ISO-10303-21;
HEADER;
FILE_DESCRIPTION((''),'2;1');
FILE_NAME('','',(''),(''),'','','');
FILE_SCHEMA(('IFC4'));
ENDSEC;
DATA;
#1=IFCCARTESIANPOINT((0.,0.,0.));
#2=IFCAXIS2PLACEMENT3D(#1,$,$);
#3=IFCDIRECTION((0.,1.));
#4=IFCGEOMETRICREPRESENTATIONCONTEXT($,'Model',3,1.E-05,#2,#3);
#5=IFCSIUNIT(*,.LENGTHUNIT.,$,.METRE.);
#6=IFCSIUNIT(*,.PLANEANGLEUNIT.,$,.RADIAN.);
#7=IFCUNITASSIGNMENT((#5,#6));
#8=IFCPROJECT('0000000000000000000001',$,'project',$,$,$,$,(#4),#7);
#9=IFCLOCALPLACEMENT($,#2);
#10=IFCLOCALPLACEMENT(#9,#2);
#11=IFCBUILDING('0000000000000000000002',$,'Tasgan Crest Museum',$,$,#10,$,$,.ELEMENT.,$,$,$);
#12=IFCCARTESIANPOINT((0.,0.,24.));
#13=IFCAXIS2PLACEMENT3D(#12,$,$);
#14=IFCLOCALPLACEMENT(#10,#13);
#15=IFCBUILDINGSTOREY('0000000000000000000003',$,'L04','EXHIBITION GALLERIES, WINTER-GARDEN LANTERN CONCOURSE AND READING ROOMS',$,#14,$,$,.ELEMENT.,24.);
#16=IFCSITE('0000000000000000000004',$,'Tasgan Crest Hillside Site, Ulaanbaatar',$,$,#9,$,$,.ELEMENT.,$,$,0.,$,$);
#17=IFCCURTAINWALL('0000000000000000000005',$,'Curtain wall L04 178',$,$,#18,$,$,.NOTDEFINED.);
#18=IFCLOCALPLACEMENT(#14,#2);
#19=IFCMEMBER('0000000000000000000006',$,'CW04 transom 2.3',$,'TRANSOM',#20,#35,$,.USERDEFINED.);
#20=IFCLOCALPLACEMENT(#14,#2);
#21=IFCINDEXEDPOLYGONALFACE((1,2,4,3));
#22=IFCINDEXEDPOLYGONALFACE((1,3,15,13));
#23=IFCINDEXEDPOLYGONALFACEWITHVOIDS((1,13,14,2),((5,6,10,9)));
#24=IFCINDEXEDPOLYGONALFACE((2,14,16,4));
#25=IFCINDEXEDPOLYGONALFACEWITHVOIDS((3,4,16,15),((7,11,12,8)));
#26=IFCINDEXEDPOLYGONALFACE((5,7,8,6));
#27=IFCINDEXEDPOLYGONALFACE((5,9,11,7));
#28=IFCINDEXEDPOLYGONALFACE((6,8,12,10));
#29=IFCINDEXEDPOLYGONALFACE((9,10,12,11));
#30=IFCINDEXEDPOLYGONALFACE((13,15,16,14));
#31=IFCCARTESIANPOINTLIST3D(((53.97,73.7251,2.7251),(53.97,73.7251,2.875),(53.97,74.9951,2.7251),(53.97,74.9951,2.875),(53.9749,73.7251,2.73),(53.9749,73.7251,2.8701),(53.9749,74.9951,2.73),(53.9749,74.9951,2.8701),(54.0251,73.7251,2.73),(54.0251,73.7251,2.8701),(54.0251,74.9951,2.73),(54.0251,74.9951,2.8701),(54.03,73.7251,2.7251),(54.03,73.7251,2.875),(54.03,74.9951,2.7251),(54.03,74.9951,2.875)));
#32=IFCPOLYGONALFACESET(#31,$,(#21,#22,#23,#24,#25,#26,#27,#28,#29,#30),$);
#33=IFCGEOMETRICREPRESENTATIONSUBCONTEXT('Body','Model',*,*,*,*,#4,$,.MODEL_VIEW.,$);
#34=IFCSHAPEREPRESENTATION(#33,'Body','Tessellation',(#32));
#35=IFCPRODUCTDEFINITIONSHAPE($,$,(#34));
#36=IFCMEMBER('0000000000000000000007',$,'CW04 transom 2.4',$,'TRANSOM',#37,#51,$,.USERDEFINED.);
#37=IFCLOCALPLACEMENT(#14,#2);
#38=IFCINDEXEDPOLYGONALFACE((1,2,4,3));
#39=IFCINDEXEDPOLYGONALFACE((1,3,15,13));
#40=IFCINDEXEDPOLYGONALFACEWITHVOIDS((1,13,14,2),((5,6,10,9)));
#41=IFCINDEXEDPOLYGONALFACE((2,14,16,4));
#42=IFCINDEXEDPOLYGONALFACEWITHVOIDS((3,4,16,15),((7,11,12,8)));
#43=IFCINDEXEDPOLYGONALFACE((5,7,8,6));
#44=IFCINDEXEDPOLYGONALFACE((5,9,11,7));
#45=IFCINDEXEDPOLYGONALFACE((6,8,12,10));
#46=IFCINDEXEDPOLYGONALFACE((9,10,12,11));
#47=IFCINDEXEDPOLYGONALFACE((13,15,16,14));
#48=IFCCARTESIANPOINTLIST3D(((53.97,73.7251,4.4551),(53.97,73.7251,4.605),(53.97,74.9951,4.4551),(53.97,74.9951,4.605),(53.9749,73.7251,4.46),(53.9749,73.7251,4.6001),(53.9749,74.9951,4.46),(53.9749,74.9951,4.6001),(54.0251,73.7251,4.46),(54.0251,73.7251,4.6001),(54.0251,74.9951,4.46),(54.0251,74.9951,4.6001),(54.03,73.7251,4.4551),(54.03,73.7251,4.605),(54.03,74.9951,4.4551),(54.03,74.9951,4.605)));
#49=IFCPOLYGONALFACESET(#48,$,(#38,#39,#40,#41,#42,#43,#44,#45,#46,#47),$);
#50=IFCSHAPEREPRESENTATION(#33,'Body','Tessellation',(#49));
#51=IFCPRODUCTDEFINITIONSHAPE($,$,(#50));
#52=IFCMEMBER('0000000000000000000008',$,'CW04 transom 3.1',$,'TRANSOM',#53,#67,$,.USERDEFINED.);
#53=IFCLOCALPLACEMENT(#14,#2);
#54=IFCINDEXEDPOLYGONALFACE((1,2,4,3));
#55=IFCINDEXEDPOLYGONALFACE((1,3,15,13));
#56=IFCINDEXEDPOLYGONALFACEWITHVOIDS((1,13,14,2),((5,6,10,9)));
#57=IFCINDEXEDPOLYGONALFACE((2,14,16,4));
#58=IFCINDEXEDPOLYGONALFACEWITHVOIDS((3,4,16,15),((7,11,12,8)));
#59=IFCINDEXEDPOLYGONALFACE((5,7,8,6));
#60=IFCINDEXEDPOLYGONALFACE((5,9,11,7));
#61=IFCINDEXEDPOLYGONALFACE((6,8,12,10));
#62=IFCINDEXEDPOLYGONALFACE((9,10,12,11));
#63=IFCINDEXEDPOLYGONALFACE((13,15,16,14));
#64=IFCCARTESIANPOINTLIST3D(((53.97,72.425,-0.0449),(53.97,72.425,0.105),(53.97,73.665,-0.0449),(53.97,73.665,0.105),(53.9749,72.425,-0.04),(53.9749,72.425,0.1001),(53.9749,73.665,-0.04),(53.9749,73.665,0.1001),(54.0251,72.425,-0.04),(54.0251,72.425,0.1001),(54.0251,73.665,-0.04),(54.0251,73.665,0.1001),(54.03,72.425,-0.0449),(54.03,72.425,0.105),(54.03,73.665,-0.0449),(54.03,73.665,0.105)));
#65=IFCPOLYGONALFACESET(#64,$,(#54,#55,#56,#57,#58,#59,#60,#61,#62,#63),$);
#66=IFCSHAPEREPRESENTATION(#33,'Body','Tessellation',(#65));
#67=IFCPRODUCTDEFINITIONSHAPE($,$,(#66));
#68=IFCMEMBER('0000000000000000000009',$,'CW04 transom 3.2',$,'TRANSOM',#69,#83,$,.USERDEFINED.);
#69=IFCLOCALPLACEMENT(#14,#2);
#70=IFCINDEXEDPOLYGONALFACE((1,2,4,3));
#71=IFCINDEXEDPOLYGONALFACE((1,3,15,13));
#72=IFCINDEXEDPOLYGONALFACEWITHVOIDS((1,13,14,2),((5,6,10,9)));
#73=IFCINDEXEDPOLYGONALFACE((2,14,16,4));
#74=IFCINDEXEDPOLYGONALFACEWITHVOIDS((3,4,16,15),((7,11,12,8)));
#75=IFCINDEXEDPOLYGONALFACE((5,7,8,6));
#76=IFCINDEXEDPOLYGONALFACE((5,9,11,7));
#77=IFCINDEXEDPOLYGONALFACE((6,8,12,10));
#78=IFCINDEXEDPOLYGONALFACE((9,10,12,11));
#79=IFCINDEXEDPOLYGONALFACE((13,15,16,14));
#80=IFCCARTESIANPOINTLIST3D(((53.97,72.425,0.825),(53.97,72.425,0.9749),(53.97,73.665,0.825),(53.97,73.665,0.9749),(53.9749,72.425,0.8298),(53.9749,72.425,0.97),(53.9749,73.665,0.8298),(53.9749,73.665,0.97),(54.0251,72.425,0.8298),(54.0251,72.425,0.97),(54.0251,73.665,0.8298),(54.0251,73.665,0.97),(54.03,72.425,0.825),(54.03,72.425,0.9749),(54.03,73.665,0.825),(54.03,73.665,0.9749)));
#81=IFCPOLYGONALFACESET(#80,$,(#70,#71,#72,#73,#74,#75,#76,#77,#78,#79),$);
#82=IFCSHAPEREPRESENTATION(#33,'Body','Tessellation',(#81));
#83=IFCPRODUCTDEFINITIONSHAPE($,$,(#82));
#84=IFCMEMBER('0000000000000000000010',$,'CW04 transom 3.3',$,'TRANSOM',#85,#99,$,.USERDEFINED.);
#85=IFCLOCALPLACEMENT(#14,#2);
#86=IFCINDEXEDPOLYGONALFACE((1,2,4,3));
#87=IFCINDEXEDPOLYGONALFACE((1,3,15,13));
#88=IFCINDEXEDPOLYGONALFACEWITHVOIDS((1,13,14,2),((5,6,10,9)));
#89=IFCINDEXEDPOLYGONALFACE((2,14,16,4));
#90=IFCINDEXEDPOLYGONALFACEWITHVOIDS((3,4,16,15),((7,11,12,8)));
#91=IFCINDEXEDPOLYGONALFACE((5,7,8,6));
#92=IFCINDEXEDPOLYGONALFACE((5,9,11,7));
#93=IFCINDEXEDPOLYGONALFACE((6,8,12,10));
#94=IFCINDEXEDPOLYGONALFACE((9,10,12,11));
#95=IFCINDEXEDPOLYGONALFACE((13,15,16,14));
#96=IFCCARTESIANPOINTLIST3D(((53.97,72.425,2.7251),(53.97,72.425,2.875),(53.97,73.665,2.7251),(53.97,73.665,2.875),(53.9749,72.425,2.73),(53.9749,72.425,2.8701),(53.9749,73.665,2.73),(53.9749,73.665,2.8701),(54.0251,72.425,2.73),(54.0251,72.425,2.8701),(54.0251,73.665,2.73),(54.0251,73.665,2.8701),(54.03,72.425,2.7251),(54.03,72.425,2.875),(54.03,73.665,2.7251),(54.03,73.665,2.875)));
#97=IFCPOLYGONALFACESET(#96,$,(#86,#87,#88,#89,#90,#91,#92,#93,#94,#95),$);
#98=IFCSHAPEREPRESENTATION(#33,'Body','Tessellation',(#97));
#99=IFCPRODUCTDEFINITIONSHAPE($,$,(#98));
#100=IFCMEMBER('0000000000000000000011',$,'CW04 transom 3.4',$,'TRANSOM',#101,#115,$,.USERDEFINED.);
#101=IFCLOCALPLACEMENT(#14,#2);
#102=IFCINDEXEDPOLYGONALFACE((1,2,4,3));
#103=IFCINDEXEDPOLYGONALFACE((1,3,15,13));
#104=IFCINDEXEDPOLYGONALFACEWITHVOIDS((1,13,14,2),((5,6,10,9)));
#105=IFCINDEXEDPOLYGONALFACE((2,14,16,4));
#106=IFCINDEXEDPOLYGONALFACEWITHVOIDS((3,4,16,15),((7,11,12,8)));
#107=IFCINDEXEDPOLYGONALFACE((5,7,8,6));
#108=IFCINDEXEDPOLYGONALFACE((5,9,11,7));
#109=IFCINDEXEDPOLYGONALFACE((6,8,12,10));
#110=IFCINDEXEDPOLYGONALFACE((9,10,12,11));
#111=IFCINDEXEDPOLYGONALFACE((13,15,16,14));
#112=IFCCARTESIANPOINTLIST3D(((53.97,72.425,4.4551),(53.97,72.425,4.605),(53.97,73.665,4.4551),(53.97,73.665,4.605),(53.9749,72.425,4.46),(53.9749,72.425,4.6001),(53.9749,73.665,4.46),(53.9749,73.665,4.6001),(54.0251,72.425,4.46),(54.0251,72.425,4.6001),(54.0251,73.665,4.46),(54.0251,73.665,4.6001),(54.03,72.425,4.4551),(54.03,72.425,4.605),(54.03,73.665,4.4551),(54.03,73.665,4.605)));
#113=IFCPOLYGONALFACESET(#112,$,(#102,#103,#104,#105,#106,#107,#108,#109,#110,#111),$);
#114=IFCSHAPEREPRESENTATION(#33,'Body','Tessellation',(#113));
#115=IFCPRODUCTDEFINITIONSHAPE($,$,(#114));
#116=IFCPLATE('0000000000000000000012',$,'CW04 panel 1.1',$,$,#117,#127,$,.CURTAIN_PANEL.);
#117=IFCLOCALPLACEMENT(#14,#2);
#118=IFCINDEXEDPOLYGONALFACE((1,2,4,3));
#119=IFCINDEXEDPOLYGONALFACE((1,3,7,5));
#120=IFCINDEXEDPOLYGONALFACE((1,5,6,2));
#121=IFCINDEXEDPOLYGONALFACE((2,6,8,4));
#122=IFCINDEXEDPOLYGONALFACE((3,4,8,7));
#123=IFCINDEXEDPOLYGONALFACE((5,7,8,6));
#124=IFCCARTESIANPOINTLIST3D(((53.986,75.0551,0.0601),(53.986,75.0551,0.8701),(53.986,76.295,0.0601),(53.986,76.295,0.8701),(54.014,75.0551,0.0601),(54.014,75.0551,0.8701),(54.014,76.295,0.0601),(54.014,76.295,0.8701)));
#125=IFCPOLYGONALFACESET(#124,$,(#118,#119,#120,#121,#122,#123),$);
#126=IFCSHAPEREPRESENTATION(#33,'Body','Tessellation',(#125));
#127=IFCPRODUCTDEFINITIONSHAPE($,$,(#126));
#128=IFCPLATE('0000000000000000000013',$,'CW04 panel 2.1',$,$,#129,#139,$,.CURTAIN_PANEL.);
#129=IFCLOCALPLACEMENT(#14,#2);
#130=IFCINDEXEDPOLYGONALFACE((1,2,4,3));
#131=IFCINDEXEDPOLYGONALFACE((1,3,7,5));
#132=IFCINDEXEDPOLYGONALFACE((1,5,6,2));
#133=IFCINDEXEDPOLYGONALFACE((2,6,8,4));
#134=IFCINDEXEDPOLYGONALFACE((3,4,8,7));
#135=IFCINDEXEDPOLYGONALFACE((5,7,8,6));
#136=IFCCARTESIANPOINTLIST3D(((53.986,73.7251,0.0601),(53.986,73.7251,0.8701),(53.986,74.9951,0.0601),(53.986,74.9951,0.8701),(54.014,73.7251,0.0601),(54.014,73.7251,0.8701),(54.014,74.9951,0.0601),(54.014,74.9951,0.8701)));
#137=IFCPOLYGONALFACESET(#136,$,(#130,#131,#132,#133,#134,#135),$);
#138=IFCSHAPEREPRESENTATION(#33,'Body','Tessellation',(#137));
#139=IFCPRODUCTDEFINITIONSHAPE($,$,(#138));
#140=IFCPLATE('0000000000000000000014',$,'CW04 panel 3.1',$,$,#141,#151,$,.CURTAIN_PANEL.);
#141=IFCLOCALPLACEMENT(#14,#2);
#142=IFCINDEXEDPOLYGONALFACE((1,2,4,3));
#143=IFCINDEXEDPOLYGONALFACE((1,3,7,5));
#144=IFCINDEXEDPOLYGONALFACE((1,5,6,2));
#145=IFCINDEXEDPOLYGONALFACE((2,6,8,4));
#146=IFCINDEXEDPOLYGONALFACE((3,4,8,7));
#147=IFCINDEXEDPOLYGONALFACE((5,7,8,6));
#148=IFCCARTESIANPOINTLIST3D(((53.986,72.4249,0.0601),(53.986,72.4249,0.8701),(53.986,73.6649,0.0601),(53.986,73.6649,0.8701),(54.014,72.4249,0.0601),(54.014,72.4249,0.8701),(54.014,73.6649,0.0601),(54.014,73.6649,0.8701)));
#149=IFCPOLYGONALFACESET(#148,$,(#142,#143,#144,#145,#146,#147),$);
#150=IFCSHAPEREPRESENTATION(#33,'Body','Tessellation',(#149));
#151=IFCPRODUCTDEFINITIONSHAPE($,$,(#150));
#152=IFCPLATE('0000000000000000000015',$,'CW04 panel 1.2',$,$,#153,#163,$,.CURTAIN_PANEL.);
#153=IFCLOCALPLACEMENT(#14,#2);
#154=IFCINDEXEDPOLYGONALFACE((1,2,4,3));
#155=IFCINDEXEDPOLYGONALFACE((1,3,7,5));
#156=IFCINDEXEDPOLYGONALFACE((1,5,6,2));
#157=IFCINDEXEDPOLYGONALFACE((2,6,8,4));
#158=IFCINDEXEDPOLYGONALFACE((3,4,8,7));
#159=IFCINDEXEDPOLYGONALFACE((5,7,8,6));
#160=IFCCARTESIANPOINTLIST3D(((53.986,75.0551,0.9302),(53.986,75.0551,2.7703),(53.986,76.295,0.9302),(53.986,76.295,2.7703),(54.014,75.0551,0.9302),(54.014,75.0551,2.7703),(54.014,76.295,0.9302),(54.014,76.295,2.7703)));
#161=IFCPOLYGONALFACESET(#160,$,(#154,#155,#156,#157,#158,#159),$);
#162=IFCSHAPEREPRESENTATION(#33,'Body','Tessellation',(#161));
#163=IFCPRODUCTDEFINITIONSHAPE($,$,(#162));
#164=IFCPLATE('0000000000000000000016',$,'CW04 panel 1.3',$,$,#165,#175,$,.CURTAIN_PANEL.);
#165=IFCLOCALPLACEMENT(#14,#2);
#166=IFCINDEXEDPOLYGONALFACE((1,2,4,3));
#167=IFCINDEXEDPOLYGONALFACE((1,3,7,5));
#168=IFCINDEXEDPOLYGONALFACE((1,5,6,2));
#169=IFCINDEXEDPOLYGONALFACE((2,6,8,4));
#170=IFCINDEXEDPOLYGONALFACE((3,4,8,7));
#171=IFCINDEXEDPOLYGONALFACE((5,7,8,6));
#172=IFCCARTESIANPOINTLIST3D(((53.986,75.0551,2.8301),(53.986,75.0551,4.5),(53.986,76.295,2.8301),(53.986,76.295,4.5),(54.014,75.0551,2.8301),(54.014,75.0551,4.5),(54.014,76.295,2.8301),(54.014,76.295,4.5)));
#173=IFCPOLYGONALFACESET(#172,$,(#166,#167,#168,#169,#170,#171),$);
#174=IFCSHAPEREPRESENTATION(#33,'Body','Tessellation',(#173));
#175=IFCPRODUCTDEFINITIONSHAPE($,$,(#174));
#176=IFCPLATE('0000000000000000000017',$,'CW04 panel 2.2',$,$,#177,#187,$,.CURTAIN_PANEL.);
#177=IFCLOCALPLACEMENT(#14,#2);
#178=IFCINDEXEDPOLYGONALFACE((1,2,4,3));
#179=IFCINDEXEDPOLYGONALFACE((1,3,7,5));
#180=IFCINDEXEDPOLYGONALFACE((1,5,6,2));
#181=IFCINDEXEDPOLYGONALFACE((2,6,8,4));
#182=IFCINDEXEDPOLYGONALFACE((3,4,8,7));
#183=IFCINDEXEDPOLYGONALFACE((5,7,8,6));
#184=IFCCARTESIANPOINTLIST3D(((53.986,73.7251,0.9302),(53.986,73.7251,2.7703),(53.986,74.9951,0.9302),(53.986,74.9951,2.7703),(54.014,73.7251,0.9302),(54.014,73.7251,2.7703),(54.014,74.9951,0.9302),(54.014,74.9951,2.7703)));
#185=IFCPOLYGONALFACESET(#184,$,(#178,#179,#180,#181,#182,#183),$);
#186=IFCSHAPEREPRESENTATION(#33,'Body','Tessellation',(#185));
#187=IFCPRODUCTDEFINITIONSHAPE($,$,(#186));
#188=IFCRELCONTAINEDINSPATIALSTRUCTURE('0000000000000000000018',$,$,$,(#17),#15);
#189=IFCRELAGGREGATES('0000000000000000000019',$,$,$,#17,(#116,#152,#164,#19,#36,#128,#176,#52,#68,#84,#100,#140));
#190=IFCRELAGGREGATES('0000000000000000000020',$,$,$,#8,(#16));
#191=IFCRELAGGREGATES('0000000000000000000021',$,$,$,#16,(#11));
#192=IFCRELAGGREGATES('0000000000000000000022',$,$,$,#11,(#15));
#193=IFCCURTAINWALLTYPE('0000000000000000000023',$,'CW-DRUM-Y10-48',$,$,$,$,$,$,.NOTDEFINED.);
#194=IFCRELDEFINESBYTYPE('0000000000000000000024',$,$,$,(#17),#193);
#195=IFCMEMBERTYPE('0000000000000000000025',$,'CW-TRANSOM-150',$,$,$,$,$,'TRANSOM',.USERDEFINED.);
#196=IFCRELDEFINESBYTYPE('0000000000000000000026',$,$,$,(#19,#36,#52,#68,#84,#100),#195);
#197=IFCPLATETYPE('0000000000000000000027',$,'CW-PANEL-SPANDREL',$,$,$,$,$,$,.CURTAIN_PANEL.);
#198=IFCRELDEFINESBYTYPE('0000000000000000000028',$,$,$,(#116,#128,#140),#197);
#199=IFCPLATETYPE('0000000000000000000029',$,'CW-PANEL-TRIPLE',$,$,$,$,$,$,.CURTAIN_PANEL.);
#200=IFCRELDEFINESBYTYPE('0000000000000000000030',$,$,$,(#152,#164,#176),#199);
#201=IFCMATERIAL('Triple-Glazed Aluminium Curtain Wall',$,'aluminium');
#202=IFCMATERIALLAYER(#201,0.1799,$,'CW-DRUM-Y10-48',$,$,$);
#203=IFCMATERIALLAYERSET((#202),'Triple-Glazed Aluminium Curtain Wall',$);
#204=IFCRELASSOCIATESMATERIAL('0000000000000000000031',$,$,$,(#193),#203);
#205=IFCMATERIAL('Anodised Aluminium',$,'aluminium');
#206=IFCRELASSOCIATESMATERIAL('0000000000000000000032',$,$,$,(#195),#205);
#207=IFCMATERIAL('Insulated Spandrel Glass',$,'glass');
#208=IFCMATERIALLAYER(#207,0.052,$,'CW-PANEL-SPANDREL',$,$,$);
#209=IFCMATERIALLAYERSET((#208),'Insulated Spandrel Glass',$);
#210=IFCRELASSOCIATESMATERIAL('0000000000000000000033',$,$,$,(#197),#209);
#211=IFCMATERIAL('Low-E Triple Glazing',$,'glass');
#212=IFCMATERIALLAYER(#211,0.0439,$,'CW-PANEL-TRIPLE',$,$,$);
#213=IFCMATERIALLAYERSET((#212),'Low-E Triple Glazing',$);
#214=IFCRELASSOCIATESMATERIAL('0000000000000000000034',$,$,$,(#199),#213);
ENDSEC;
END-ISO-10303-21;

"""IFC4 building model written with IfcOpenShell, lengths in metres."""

from ifc_helpers import new_model, si_unit, direction, frame, origin, origin_2d, place, context, subcontext, project, spatial, rectangle, hollow_rectangle, extrude, material, layer, layer_set, material_profile, profile_set, type_object, element, aggregate, save


model = new_model("IFC4")

# Units and contexts
model_context = context("Model", 3, precision=1e-05, world=origin(), true_north=direction((0.0, 1.0)))
body_context = subcontext(model_context, "Body", "Model", "MODEL_VIEW")
ifc_project = project(units=[si_unit("LENGTHUNIT", "METRE"), si_unit("PLANEANGLEUNIT", "RADIAN")], contexts=[model_context])

# Site, building, storey
site_placement = place(None, origin())
site = spatial("IfcSite", under=ifc_project, at=site_placement, Name="Tasgan Crest Hillside Site, Ulaanbaatar", CompositionType="ELEMENT", RefElevation=0.0)
building_placement = place(site_placement, origin())
building = spatial("IfcBuilding", under=site, at=building_placement, Name="Tasgan Crest Museum", CompositionType="ELEMENT")
storey_placement = place(building_placement, frame((0.0, 0.0, 24.0)))
storey = spatial("IfcBuildingStorey", under=building, at=storey_placement, Name="L04", Description="EXHIBITION GALLERIES, WINTER-GARDEN LANTERN CONCOURSE AND READING ROOMS", CompositionType="ELEMENT", Elevation=24.0)

# Curtain wall, members, plates
ifc_material_1 = material(Name="Triple-Glazed Aluminium Curtain Wall", Category="aluminium")
ifc_layer_1 = layer(ifc_material_1, 0.1799, Name="CW-DRUM-Y10-48")
ifc_layer_set_1 = layer_set([ifc_layer_1], Name="Triple-Glazed Aluminium Curtain Wall")
curtain_wall_type = type_object("IfcCurtainWallType", Name="CW-DRUM-Y10-48", PredefinedType="NOTDEFINED", material=ifc_layer_set_1)
curtain_wall_placement = place(storey_placement, origin())
curtain_wall = element("IfcCurtainWall", 1, at=curtain_wall_placement, inside=storey, type_object=curtain_wall_type, Name="Curtain wall L04 178", PredefinedType="NOTDEFINED")
ifc_material_2 = material(Name="Anodised Aluminium", Category="aluminium")
ifc_material_profile_1 = material_profile(ifc_material_2, hollow_rectangle(XDim=0.0601, YDim=0.1499, WallThickness=0.0049, at=origin_2d()), Name="ALU TRANSOM 150x60x5")
ifc_profile_set_1 = profile_set([ifc_material_profile_1], Name="Anodised Aluminium")
member_type_1 = type_object("IfcMemberType", Name="CW-TRANSOM-150", ElementType="TRANSOM", PredefinedType="USERDEFINED", material=ifc_profile_set_1)
member_1_placement = place(storey_placement, frame((54.0, 74.9951, 2.8), z_axis=(0.0, -1.0, 0.0), x_axis=(1.0, 0.0, 0.0)))
member_1 = element("IfcMember", 2, at=member_1_placement, type_object=member_type_1, Name="CW04 transom 2.3", ObjectType="TRANSOM", PredefinedType="USERDEFINED", context=body_context, shape_type="SweptSolid", body=[
    extrude(hollow_rectangle(XDim=0.0601, YDim=0.1499, WallThickness=0.0049, at=origin_2d()), origin(), (0.0, 0.0, 1.0), 1.27),
])
member_2_placement = place(storey_placement, frame((54.0, 74.9951, 4.53), z_axis=(0.0, -1.0, 0.0), x_axis=(1.0, 0.0, 0.0)))
member_2 = element("IfcMember", 3, at=member_2_placement, type_object=member_type_1, Name="CW04 transom 2.4", ObjectType="TRANSOM", PredefinedType="USERDEFINED", context=body_context, shape_type="SweptSolid", body=[
    extrude(hollow_rectangle(XDim=0.0601, YDim=0.1499, WallThickness=0.0049, at=origin_2d()), origin(), (0.0, 0.0, 1.0), 1.27),
])
member_3_placement = place(storey_placement, frame((54.0, 73.665, 0.03), z_axis=(0.0, -1.0, 0.0), x_axis=(1.0, 0.0, 0.0)))
member_3 = element("IfcMember", 4, at=member_3_placement, type_object=member_type_1, Name="CW04 transom 3.1", ObjectType="TRANSOM", PredefinedType="USERDEFINED", context=body_context, shape_type="SweptSolid", body=[
    extrude(hollow_rectangle(XDim=0.0601, YDim=0.1499, WallThickness=0.0049, at=origin_2d()), origin(), (0.0, 0.0, 1.0), 1.24),
])
member_4_placement = place(storey_placement, frame((54.0, 73.665, 0.8999), z_axis=(0.0, -1.0, 0.0), x_axis=(1.0, 0.0, 0.0)))
member_4 = element("IfcMember", 5, at=member_4_placement, type_object=member_type_1, Name="CW04 transom 3.2", ObjectType="TRANSOM", PredefinedType="USERDEFINED", context=body_context, shape_type="SweptSolid", body=[
    extrude(hollow_rectangle(XDim=0.0601, YDim=0.1499, WallThickness=0.0049, at=origin_2d()), origin(), (0.0, 0.0, 1.0), 1.24),
])
member_5_placement = place(storey_placement, frame((54.0, 73.665, 2.8), z_axis=(0.0, -1.0, 0.0), x_axis=(1.0, 0.0, 0.0)))
member_5 = element("IfcMember", 6, at=member_5_placement, type_object=member_type_1, Name="CW04 transom 3.3", ObjectType="TRANSOM", PredefinedType="USERDEFINED", context=body_context, shape_type="SweptSolid", body=[
    extrude(hollow_rectangle(XDim=0.0601, YDim=0.1499, WallThickness=0.0049, at=origin_2d()), origin(), (0.0, 0.0, 1.0), 1.24),
])
member_6_placement = place(storey_placement, frame((54.0, 73.665, 4.53), z_axis=(0.0, -1.0, 0.0), x_axis=(1.0, 0.0, 0.0)))
member_6 = element("IfcMember", 7, at=member_6_placement, type_object=member_type_1, Name="CW04 transom 3.4", ObjectType="TRANSOM", PredefinedType="USERDEFINED", context=body_context, shape_type="SweptSolid", body=[
    extrude(hollow_rectangle(XDim=0.0601, YDim=0.1499, WallThickness=0.0049, at=origin_2d()), origin(), (0.0, 0.0, 1.0), 1.24),
])
ifc_material_3 = material(Name="Insulated Spandrel Glass", Category="glass")
ifc_layer_2 = layer(ifc_material_3, 0.052, Name="CW-PANEL-SPANDREL")
ifc_layer_set_2 = layer_set([ifc_layer_2], Name="Insulated Spandrel Glass")
plate_type_1 = type_object("IfcPlateType", Name="CW-PANEL-SPANDREL", PredefinedType="CURTAIN_PANEL", material=ifc_layer_set_2)
plate_1_placement = place(storey_placement, frame((54.0, 75.675, 0.0601), z_axis=(0.0, 0.0, 1.0), x_axis=(0.0, -1.0, 0.0)))
plate_1 = element("IfcPlate", 8, at=plate_1_placement, type_object=plate_type_1, Name="CW04 panel 1.1", PredefinedType="CURTAIN_PANEL", context=body_context, shape_type="SweptSolid", body=[
    extrude(rectangle(XDim=1.24, YDim=0.0281, at=origin_2d()), origin(), (0.0, 0.0, 1.0), 0.8101),
])
plate_2_placement = place(storey_placement, frame((54.0, 74.3601, 0.0601), z_axis=(0.0, 0.0, 1.0), x_axis=(0.0, -1.0, 0.0)))
plate_2 = element("IfcPlate", 9, at=plate_2_placement, type_object=plate_type_1, Name="CW04 panel 2.1", PredefinedType="CURTAIN_PANEL", context=body_context, shape_type="SweptSolid", body=[
    extrude(rectangle(XDim=1.27, YDim=0.0281, at=origin_2d()), origin(), (0.0, 0.0, 1.0), 0.8101),
])
plate_3_placement = place(storey_placement, frame((54.0, 73.0449, 0.0601), z_axis=(0.0, 0.0, 1.0), x_axis=(0.0, -1.0, 0.0)))
plate_3 = element("IfcPlate", 10, at=plate_3_placement, type_object=plate_type_1, Name="CW04 panel 3.1", PredefinedType="CURTAIN_PANEL", context=body_context, shape_type="SweptSolid", body=[
    extrude(rectangle(XDim=1.24, YDim=0.0281, at=origin_2d()), origin(), (0.0, 0.0, 1.0), 0.8101),
])
ifc_material_4 = material(Name="Low-E Triple Glazing", Category="glass")
ifc_layer_3 = layer(ifc_material_4, 0.0439, Name="CW-PANEL-TRIPLE")
ifc_layer_set_3 = layer_set([ifc_layer_3], Name="Low-E Triple Glazing")
plate_type_2 = type_object("IfcPlateType", Name="CW-PANEL-TRIPLE", PredefinedType="CURTAIN_PANEL", material=ifc_layer_set_3)
plate_4_placement = place(storey_placement, frame((54.0, 75.675, 0.9302), z_axis=(0.0, 0.0, 1.0), x_axis=(0.0, -1.0, 0.0)))
plate_4 = element("IfcPlate", 11, at=plate_4_placement, type_object=plate_type_2, Name="CW04 panel 1.2", PredefinedType="CURTAIN_PANEL", context=body_context, shape_type="SweptSolid", body=[
    extrude(rectangle(XDim=1.24, YDim=0.0281, at=origin_2d()), origin(), (0.0, 0.0, 1.0), 1.8401),
])
plate_5_placement = place(storey_placement, frame((54.0, 75.675, 2.8301), z_axis=(0.0, 0.0, 1.0), x_axis=(0.0, -1.0, 0.0)))
plate_5 = element("IfcPlate", 12, at=plate_5_placement, type_object=plate_type_2, Name="CW04 panel 1.3", PredefinedType="CURTAIN_PANEL", context=body_context, shape_type="SweptSolid", body=[
    extrude(rectangle(XDim=1.24, YDim=0.0281, at=origin_2d()), origin(), (0.0, 0.0, 1.0), 1.6699),
])
plate_6_placement = place(storey_placement, frame((54.0, 74.3601, 0.9302), z_axis=(0.0, 0.0, 1.0), x_axis=(0.0, -1.0, 0.0)))
plate_6 = element("IfcPlate", 13, at=plate_6_placement, type_object=plate_type_2, Name="CW04 panel 2.2", PredefinedType="CURTAIN_PANEL", context=body_context, shape_type="SweptSolid", body=[
    extrude(rectangle(XDim=1.27, YDim=0.0281, at=origin_2d()), origin(), (0.0, 0.0, 1.0), 1.8401),
])
aggregate(curtain_wall, [plate_1, plate_4, plate_5, member_1, member_2, plate_2, plate_6, member_3, member_4, member_5, member_6, plate_3])

save(model, "model.ifc")
